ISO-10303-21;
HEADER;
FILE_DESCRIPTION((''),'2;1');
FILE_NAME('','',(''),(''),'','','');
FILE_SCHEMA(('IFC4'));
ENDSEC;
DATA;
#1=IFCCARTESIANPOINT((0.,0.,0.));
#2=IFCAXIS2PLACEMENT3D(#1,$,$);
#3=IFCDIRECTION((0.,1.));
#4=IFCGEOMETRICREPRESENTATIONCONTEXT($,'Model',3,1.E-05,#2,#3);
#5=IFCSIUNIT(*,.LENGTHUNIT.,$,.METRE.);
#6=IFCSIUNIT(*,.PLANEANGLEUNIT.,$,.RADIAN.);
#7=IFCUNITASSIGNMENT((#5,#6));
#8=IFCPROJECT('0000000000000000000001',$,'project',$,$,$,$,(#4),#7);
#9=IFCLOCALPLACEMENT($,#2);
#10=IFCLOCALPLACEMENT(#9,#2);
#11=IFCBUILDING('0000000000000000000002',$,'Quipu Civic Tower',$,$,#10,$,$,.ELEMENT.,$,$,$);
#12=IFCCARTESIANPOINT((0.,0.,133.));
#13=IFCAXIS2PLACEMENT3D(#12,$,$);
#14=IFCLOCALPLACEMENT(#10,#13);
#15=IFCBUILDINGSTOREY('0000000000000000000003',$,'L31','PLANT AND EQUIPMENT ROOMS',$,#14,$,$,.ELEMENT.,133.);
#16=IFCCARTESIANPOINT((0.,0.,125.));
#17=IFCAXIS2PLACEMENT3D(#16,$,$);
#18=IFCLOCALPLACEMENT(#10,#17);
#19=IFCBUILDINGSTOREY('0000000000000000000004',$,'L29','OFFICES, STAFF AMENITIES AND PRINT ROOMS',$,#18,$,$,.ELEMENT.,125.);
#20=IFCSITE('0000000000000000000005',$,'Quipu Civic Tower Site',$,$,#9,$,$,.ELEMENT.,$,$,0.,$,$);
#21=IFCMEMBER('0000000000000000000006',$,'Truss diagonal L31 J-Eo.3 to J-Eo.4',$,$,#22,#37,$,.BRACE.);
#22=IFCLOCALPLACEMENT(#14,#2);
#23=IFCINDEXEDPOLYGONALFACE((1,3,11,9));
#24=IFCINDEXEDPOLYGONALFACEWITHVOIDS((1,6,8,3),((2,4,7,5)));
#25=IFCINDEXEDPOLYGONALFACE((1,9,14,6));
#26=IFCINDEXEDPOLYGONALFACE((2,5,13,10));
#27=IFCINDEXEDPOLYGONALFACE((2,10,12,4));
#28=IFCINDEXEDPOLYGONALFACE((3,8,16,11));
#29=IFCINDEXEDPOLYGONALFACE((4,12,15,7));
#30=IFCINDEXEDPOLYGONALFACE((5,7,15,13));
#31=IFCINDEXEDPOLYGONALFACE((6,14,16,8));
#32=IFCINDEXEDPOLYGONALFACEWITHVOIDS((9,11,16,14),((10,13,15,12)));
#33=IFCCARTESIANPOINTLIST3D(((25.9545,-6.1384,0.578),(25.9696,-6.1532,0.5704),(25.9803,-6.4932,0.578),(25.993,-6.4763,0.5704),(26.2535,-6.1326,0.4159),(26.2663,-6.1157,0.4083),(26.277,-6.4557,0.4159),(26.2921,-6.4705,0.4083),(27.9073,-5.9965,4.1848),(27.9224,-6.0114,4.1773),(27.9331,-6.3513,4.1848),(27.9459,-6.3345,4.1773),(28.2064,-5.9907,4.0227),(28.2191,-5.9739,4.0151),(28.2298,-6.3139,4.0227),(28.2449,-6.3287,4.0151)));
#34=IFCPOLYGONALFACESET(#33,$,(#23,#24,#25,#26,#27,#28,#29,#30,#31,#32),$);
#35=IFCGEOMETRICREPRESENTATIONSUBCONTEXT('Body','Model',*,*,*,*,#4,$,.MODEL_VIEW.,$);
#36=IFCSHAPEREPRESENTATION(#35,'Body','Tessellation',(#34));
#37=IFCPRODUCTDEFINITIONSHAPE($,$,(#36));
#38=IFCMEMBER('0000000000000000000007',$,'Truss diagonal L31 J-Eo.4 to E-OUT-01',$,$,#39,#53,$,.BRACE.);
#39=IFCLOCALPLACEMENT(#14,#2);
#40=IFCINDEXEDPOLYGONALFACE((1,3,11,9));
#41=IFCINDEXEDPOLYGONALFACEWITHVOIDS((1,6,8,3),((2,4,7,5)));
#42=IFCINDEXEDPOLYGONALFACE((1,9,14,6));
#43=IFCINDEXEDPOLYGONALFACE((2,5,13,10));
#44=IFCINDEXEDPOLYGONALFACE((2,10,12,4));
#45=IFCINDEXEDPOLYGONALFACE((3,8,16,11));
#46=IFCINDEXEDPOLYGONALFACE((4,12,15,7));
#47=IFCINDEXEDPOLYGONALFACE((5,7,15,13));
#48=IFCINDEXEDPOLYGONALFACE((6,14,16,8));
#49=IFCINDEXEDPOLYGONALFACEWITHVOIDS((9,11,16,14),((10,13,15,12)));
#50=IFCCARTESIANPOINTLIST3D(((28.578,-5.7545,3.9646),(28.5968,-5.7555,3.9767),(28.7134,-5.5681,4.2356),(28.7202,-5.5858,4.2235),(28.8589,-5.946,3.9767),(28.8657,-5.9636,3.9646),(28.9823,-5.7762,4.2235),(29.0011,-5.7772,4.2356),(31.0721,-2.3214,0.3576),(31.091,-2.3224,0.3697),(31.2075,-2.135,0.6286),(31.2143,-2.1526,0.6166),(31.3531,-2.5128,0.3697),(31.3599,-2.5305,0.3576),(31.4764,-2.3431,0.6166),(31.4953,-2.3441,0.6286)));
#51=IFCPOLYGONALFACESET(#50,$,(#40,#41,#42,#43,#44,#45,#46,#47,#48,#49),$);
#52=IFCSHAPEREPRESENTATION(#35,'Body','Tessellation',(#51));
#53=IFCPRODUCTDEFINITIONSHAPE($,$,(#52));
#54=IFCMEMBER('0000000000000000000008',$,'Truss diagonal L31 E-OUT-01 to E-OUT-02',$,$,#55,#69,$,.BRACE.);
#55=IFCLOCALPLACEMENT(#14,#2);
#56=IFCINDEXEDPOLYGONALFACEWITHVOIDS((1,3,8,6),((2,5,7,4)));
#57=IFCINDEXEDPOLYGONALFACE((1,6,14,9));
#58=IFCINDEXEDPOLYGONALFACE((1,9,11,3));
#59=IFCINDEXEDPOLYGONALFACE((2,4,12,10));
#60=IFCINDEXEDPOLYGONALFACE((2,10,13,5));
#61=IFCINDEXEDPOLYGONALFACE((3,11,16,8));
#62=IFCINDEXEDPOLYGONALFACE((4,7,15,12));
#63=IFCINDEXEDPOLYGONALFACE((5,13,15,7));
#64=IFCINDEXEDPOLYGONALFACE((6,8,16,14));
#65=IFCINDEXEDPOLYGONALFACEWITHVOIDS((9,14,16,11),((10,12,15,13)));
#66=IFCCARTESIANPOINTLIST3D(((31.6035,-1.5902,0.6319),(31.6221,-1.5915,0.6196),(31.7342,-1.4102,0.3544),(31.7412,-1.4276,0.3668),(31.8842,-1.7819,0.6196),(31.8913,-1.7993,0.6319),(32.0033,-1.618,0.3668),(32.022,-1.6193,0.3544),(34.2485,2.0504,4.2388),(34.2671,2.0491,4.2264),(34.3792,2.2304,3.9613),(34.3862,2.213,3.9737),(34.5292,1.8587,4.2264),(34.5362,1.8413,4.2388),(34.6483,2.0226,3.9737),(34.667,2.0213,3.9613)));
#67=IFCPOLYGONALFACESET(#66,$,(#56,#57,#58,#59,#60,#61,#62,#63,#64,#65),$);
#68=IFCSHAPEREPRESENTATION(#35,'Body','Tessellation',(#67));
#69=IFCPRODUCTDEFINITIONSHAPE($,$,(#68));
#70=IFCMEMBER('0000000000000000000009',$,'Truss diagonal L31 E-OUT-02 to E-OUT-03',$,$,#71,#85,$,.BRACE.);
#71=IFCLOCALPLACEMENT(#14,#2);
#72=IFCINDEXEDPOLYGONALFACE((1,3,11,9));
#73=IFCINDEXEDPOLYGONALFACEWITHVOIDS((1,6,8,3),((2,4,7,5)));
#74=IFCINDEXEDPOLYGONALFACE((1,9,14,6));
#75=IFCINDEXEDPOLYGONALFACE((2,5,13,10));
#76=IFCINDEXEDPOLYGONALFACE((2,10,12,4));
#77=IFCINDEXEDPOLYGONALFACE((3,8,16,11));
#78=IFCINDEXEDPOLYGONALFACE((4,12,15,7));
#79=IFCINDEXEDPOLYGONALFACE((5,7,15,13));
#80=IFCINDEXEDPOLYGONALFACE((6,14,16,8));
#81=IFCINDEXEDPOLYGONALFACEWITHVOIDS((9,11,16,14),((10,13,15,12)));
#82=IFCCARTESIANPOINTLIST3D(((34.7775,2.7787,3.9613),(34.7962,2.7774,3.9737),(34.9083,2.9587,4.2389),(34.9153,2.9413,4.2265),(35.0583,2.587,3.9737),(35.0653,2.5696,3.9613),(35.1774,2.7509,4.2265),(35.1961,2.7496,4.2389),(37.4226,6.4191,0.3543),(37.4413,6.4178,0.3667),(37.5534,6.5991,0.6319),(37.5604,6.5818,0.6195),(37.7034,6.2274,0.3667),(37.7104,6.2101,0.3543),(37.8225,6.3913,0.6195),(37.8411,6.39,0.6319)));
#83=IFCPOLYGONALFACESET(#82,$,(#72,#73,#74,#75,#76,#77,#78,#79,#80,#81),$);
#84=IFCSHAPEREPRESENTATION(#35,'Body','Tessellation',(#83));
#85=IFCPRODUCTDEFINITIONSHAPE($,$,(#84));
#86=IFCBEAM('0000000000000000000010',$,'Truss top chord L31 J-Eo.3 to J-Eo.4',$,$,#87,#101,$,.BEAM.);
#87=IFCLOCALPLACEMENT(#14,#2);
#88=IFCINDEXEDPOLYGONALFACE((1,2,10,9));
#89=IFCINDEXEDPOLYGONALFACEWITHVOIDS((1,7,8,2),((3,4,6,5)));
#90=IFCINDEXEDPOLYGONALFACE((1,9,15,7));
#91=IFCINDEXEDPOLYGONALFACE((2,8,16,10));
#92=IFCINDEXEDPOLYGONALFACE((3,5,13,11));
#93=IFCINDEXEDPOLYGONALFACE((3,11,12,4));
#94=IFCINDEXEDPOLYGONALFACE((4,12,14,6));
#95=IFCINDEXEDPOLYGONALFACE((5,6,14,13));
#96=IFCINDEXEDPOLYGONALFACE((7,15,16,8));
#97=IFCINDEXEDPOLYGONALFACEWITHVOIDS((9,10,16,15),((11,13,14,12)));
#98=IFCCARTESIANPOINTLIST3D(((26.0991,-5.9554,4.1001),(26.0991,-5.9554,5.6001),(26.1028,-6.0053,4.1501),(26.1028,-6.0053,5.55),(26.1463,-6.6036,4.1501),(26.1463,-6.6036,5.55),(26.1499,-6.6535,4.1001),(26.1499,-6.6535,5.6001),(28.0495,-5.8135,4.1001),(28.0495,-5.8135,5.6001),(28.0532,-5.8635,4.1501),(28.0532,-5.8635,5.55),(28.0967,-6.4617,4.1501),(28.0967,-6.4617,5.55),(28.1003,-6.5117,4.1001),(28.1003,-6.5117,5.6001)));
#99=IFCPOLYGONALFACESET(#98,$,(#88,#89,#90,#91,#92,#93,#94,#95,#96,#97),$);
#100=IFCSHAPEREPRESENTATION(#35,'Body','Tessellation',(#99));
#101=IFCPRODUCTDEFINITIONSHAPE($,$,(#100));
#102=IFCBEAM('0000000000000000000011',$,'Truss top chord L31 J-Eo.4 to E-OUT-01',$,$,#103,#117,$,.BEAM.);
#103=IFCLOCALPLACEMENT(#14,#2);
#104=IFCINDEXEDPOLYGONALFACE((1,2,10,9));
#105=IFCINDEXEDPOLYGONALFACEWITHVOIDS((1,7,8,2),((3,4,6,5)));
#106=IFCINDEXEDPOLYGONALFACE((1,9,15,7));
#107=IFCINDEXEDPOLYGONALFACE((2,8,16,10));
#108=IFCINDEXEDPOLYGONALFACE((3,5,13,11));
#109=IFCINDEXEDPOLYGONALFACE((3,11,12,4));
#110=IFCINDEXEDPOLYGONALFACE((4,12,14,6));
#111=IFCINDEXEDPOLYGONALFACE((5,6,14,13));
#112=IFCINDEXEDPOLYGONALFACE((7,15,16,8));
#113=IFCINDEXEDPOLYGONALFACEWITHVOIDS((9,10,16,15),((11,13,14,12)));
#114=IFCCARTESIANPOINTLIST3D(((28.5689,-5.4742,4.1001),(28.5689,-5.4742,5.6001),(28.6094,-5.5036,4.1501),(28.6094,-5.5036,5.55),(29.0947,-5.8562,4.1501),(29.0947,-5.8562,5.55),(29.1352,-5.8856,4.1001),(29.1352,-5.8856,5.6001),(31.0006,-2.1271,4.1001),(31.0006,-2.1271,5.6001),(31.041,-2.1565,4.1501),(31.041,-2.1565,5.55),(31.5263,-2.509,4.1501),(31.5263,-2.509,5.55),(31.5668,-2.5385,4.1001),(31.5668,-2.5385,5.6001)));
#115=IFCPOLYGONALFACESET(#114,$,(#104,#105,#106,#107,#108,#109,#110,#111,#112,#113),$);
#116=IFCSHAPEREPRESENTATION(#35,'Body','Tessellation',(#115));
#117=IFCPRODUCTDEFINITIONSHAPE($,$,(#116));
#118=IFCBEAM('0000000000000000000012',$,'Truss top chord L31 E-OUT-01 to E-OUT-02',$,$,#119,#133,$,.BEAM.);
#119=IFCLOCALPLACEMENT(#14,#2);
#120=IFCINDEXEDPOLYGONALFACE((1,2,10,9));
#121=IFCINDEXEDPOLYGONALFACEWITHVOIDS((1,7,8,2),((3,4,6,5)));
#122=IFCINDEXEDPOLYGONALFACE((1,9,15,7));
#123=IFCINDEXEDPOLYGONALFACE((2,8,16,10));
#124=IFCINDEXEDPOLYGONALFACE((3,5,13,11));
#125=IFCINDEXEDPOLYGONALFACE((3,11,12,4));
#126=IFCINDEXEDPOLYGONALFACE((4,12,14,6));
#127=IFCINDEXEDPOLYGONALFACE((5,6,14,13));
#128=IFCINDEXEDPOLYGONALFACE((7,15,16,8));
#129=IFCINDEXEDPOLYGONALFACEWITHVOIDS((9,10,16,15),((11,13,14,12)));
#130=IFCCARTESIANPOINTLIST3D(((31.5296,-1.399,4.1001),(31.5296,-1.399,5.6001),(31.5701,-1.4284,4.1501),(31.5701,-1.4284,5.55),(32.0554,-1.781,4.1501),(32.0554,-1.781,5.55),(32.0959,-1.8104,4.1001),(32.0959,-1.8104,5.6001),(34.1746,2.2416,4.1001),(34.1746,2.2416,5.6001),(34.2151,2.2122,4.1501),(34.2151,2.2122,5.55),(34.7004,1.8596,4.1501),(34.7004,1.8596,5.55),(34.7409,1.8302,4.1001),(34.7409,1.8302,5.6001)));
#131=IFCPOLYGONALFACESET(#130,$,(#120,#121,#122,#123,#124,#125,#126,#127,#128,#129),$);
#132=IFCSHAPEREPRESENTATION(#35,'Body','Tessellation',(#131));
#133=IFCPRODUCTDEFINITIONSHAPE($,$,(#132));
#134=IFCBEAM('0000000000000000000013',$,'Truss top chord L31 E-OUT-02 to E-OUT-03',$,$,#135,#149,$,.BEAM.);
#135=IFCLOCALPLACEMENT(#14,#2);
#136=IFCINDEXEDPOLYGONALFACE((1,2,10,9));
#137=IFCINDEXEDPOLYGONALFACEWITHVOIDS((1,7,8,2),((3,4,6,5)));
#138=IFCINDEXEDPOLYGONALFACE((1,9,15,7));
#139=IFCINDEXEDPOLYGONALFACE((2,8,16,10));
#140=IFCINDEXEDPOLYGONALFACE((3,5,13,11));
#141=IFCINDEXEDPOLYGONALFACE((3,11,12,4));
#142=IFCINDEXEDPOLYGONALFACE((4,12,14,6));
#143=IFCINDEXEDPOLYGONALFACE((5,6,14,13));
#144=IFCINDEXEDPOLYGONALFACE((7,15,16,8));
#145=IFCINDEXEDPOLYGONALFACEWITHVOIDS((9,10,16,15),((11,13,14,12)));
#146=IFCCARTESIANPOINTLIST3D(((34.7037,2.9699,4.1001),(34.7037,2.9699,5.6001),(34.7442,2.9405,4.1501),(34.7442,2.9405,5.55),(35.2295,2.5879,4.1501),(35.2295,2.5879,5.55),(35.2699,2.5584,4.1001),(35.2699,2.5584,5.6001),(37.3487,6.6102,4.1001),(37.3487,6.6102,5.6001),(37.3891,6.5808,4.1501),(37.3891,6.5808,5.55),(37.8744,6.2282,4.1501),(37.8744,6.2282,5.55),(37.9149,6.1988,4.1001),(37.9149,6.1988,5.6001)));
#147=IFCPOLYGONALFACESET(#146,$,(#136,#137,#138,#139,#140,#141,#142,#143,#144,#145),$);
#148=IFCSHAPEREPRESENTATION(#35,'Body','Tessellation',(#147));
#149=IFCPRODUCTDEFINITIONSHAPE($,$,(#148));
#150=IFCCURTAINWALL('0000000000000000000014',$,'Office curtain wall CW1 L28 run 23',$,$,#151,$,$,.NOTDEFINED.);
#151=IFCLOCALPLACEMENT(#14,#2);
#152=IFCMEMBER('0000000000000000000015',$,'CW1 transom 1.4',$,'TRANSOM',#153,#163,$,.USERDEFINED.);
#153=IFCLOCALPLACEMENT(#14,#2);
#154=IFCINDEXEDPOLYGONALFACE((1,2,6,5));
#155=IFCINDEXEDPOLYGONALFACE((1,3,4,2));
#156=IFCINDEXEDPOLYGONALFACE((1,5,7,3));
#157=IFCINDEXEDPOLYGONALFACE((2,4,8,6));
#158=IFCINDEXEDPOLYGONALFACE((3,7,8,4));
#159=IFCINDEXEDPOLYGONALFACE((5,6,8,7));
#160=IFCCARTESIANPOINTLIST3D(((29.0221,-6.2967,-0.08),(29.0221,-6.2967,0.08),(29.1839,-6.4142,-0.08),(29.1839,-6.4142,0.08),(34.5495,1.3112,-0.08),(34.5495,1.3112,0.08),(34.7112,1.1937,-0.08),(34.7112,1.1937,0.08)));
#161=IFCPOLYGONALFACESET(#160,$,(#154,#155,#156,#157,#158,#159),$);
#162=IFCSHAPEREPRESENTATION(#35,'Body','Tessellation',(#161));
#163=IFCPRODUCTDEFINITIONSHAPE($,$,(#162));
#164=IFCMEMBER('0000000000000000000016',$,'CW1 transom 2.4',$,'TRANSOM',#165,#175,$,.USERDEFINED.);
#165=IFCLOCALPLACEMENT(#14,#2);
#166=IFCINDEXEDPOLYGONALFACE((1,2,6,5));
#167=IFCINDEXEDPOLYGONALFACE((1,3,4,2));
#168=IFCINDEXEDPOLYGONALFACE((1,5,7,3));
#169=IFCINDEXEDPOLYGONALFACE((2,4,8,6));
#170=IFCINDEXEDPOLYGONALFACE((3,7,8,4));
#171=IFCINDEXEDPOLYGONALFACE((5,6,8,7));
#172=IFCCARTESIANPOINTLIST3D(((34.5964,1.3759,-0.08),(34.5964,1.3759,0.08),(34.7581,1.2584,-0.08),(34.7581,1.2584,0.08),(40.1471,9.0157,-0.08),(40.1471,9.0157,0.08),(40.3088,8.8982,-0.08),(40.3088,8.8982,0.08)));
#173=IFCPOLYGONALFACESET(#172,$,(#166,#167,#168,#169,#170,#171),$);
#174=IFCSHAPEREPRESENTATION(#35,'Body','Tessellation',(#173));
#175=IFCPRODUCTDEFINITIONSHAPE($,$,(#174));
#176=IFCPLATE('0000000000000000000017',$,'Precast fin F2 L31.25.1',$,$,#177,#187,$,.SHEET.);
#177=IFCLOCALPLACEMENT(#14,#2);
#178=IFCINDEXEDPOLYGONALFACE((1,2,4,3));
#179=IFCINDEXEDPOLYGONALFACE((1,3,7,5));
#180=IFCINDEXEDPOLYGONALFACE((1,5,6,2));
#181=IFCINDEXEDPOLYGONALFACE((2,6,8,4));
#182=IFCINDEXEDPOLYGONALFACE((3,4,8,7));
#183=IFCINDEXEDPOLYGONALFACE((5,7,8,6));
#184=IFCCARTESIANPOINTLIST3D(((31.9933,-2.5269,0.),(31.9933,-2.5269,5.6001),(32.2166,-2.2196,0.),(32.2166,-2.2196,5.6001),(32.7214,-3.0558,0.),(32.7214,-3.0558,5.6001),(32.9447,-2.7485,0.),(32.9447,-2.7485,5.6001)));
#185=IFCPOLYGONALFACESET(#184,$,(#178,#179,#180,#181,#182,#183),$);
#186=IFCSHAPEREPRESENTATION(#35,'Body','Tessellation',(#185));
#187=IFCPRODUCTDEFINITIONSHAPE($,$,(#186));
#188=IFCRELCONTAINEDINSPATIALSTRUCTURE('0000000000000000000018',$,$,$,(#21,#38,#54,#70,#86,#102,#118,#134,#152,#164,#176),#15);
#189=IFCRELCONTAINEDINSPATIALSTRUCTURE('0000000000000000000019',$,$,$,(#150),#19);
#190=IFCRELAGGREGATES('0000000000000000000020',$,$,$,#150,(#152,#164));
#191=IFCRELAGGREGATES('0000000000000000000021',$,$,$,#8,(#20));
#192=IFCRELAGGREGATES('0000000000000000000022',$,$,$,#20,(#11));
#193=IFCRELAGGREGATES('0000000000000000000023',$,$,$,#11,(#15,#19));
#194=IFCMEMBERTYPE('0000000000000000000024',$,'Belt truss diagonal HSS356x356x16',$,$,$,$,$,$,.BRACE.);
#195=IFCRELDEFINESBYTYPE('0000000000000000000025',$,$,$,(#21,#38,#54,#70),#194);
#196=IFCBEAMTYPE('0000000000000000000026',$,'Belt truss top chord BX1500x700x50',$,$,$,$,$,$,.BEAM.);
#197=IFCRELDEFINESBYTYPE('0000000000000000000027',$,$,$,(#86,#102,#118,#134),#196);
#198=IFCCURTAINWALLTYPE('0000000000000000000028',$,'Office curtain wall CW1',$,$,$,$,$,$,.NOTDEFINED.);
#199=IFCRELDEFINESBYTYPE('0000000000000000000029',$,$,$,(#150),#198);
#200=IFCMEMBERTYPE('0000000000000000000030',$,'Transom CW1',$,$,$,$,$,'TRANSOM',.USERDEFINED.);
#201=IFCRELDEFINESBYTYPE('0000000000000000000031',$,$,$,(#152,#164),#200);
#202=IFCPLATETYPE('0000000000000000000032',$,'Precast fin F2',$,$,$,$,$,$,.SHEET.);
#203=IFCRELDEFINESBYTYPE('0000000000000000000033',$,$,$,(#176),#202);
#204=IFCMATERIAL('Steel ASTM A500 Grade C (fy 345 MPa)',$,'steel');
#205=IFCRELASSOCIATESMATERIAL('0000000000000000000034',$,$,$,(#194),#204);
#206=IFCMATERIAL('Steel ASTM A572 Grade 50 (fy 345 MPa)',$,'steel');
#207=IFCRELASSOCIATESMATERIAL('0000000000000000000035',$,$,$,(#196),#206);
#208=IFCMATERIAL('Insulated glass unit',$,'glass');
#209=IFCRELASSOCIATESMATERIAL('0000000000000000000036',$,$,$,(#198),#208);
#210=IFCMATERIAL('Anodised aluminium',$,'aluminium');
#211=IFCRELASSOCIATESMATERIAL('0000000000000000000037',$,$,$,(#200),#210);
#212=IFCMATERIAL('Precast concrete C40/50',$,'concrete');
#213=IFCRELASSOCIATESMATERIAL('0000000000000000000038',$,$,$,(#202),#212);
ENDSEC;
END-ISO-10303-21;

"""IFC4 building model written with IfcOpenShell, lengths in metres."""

from ifc_helpers import new_model, si_unit, direction, frame, origin, origin_2d, place, context, subcontext, project, spatial, rectangle, hollow_rectangle, extrude, material, material_profile, profile_set, type_object, element, aggregate, save


model = new_model("IFC4")

# Units and contexts
model_context = context("Model", 3, precision=1e-05, world=origin(), true_north=direction((0.0, 1.0)))
body_context = subcontext(model_context, "Body", "Model", "MODEL_VIEW")
ifc_project = project(units=[si_unit("LENGTHUNIT", "METRE"), si_unit("PLANEANGLEUNIT", "RADIAN")], contexts=[model_context])

# Site, building, storey
site_placement = place(None, origin())
site = spatial("IfcSite", under=ifc_project, at=site_placement, Name="Quipu Civic Tower Site", CompositionType="ELEMENT", RefElevation=0.0)
building_placement = place(site_placement, origin())
building = spatial("IfcBuilding", under=site, at=building_placement, Name="Quipu Civic Tower", CompositionType="ELEMENT")
storey_1_placement = place(building_placement, frame((0.0, 0.0, 133.0)))
storey_1 = spatial("IfcBuildingStorey", under=building, at=storey_1_placement, Name="L31", Description="PLANT AND EQUIPMENT ROOMS", CompositionType="ELEMENT", Elevation=133.0)

# Members
ifc_material_1 = material(Name="Steel ASTM A500 Grade C (fy 345 MPa)", Category="steel")
ifc_material_profile_1 = material_profile(ifc_material_1, hollow_rectangle(XDim=0.3557, YDim=0.3557, WallThickness=0.0159, at=origin_2d()), Name="HSS356x356x16")
ifc_profile_set_1 = profile_set([ifc_material_profile_1], Name="Steel ASTM A500 Grade C (fy 345 MPa)")
member_type_1 = type_object("IfcMemberType", Name="Belt truss diagonal HSS356x356x16", PredefinedType="BRACE", material=ifc_profile_set_1)
member_1_placement = place(storey_1_placement, frame((26.1233, -6.3044, 0.4932), z_axis=(0.475834, 0.034562, 0.878856), x_axis=(-0.072443, 0.997373, 0.0)))
element("IfcMember", 1, at=member_1_placement, inside=storey_1, type_object=member_type_1, Name="Truss diagonal L31 J-Eo.3 to J-Eo.4", PredefinedType="BRACE", context=body_context, shape_type="SweptSolid", body=[
    extrude(hollow_rectangle(XDim=0.3557, YDim=0.3557, WallThickness=0.0159, at=origin_2d()), origin(), (0.0, 0.0, 1.0), 4.104),
])
member_2_placement = place(storey_1_placement, frame((28.7896, -5.7659, 4.1001), z_axis=(0.447839, 0.616436, -0.647648), x_axis=(-0.809035, 0.587761, 0.0)))
element("IfcMember", 2, at=member_2_placement, inside=storey_1, type_object=member_type_1, Name="Truss diagonal L31 J-Eo.4 to E-OUT-01", PredefinedType="BRACE", context=body_context, shape_type="SweptSolid", body=[
    extrude(hollow_rectangle(XDim=0.3557, YDim=0.3557, WallThickness=0.0159, at=origin_2d()), origin(), (0.0, 0.0, 1.0), 5.5693),
])
for number, where, z_axis, x_axis, name in (
    (3, (31.8127, -1.6047, 0.4932), (0.458634, 0.631267, 0.625425), (-0.809022, 0.587778, 0.0), "Truss diagonal L31 E-OUT-01 to E-OUT-02"),
    (4, (34.9868, 2.7642, 4.1001), (0.458646, 0.631242, -0.625442), (-0.809003, 0.587804, 0.0), "Truss diagonal L31 E-OUT-02 to E-OUT-03"),
):
    element("IfcMember", number, at=place(storey_1_placement, frame(where, z_axis=z_axis, x_axis=x_axis)), inside=storey_1, type_object=member_type_1, Name=name, PredefinedType="BRACE", context=body_context, shape_type="SweptSolid", body=[
        extrude(hollow_rectangle(XDim=0.3557, YDim=0.3557, WallThickness=0.0159, at=origin_2d()), origin(), (0.0, 0.0, 1.0), 5.7671),
    ])

# Beams
ifc_material_2 = material(Name="Steel ASTM A572 Grade 50 (fy 345 MPa)", Category="steel")
ifc_material_profile_2 = material_profile(ifc_material_2, hollow_rectangle(XDim=0.7, YDim=1.5, WallThickness=0.05, at=origin_2d()), Name="BX1500x700x50")
ifc_profile_set_2 = profile_set([ifc_material_profile_2], Name="Steel ASTM A572 Grade 50 (fy 345 MPa)")
beam_type_1 = type_object("IfcBeamType", Name="Belt truss top chord BX1500x700x50", PredefinedType="BEAM", material=ifc_profile_set_2)
beam_1_placement = place(storey_1_placement, frame((26.1245, -6.3044, 4.8501), z_axis=(0.997366, 0.072533, 0.0), x_axis=(-0.072533, 0.997366, 0.0)))
element("IfcBeam", 5, at=beam_1_placement, inside=storey_1, type_object=beam_type_1, Name="Truss top chord L31 J-Eo.3 to J-Eo.4", PredefinedType="BEAM", context=body_context, shape_type="SweptSolid", body=[
    extrude(hollow_rectangle(XDim=0.7, YDim=1.5, WallThickness=0.05, at=origin_2d()), origin(), (0.0, 0.0, 1.0), 1.9556),
])
beam_2_placement = place(storey_1_placement, frame((28.8521, -5.6799, 4.8501), z_axis=(0.587751, 0.809042, 0.0), x_axis=(-0.809042, 0.587751, 0.0)))
element("IfcBeam", 6, at=beam_2_placement, inside=storey_1, type_object=beam_type_1, Name="Truss top chord L31 J-Eo.4 to E-OUT-01", PredefinedType="BEAM", context=body_context, shape_type="SweptSolid", body=[
    extrude(hollow_rectangle(XDim=0.7, YDim=1.5, WallThickness=0.05, at=origin_2d()), origin(), (0.0, 0.0, 1.0), 4.1372),
])
beam_3_placement = place(storey_1_placement, frame((31.8127, -1.6047, 4.8501), z_axis=(0.587778, 0.809022, 0.0), x_axis=(-0.809022, 0.587778, 0.0)))
element("IfcBeam", 7, at=beam_3_placement, inside=storey_1, type_object=beam_type_1, Name="Truss top chord L31 E-OUT-01 to E-OUT-02", PredefinedType="BEAM", context=body_context, shape_type="SweptSolid", body=[
    extrude(hollow_rectangle(XDim=0.7, YDim=1.5, WallThickness=0.05, at=origin_2d()), origin(), (0.0, 0.0, 1.0), 4.5),
])
beam_4_placement = place(storey_1_placement, frame((34.9868, 2.7642, 4.8501), z_axis=(0.587804, 0.809003, 0.0), x_axis=(-0.809003, 0.587804, 0.0)))
element("IfcBeam", 8, at=beam_4_placement, inside=storey_1, type_object=beam_type_1, Name="Truss top chord L31 E-OUT-02 to E-OUT-03", PredefinedType="BEAM", context=body_context, shape_type="SweptSolid", body=[
    extrude(hollow_rectangle(XDim=0.7, YDim=1.5, WallThickness=0.05, at=origin_2d()), origin(), (0.0, 0.0, 1.0), 4.4998),
])

# Shared definitions
storey_2_placement = place(building_placement, frame((0.0, 0.0, 125.0)))
storey_2 = spatial("IfcBuildingStorey", under=building, at=storey_2_placement, Name="L29", Description="OFFICES, STAFF AMENITIES AND PRINT ROOMS", CompositionType="ELEMENT", Elevation=125.0)

# Curtain wall, members
ifc_material_3 = material(Name="Insulated glass unit", Category="glass")
curtain_wall_type = type_object("IfcCurtainWallType", Name="Office curtain wall CW1", PredefinedType="NOTDEFINED", material=ifc_material_3)
curtain_wall_placement = place(storey_2_placement, origin())
curtain_wall = element("IfcCurtainWall", 9, at=curtain_wall_placement, inside=storey_2, type_object=curtain_wall_type, Name="Office curtain wall CW1 L28 run 23", PredefinedType="NOTDEFINED")
ifc_material_4 = material(Name="Anodised aluminium", Category="aluminium")
ifc_material_profile_3 = material_profile(ifc_material_4, rectangle(XDim=0.2, YDim=0.1599, at=origin_2d()), Name="RECT 200x160")
ifc_profile_set_3 = profile_set([ifc_material_profile_3], Name="Anodised aluminium")
member_type_2 = type_object("IfcMemberType", Name="Transom CW1", ElementType="TRANSOM", PredefinedType="USERDEFINED", material=ifc_profile_set_3)
member_3_placement = place(storey_1_placement, frame((29.103, -6.3555, 0.0), z_axis=(0.587776, 0.809023, 0.0), x_axis=(-0.809023, 0.587776, 0.0)))
member_3 = element("IfcMember", 10, at=member_3_placement, inside=storey_1, type_object=member_type_2, Name="CW1 transom 1.4", ObjectType="TRANSOM", PredefinedType="USERDEFINED", context=body_context, shape_type="SweptSolid", body=[
    extrude(rectangle(XDim=0.2, YDim=0.1599, at=origin_2d()), origin(), (0.0, 0.0, 1.0), 9.4038),
])
member_4_placement = place(storey_1_placement, frame((34.6772, 1.3171, 0.0), z_axis=(0.58779, 0.809013, 0.0), x_axis=(-0.809013, 0.58779, 0.0)))
member_4 = element("IfcMember", 11, at=member_4_placement, inside=storey_1, type_object=member_type_2, Name="CW1 transom 2.4", ObjectType="TRANSOM", PredefinedType="USERDEFINED", context=body_context, shape_type="SweptSolid", body=[
    extrude(rectangle(XDim=0.2, YDim=0.1599, at=origin_2d()), origin(), (0.0, 0.0, 1.0), 9.4434),
])
aggregate(curtain_wall, [member_3, member_4])

# Plate
ifc_material_5 = material(Name="Precast concrete C40/50", Category="concrete")
plate_type = type_object("IfcPlateType", Name="Precast fin F2", PredefinedType="SHEET", material=ifc_material_5)
for number, where, z_axis, x_axis, name in (
    (12, (32.469, -2.6377, 0.0), (0.0, 0.0, 1.0), (0.587786, 0.809017, 0.0), "Precast fin F2 L31.25.1"),
):
    element("IfcPlate", number, at=place(storey_1_placement, frame(where, z_axis=z_axis, x_axis=x_axis)), inside=storey_1, type_object=plate_type, Name=name, PredefinedType="SHEET", context=body_context, shape_type="SweptSolid", body=[
        extrude(rectangle(XDim=0.3799, YDim=0.8999, at=origin_2d()), origin(), (0.0, 0.0, 1.0), 5.6001),
    ])

save(model, "model.ifc")
